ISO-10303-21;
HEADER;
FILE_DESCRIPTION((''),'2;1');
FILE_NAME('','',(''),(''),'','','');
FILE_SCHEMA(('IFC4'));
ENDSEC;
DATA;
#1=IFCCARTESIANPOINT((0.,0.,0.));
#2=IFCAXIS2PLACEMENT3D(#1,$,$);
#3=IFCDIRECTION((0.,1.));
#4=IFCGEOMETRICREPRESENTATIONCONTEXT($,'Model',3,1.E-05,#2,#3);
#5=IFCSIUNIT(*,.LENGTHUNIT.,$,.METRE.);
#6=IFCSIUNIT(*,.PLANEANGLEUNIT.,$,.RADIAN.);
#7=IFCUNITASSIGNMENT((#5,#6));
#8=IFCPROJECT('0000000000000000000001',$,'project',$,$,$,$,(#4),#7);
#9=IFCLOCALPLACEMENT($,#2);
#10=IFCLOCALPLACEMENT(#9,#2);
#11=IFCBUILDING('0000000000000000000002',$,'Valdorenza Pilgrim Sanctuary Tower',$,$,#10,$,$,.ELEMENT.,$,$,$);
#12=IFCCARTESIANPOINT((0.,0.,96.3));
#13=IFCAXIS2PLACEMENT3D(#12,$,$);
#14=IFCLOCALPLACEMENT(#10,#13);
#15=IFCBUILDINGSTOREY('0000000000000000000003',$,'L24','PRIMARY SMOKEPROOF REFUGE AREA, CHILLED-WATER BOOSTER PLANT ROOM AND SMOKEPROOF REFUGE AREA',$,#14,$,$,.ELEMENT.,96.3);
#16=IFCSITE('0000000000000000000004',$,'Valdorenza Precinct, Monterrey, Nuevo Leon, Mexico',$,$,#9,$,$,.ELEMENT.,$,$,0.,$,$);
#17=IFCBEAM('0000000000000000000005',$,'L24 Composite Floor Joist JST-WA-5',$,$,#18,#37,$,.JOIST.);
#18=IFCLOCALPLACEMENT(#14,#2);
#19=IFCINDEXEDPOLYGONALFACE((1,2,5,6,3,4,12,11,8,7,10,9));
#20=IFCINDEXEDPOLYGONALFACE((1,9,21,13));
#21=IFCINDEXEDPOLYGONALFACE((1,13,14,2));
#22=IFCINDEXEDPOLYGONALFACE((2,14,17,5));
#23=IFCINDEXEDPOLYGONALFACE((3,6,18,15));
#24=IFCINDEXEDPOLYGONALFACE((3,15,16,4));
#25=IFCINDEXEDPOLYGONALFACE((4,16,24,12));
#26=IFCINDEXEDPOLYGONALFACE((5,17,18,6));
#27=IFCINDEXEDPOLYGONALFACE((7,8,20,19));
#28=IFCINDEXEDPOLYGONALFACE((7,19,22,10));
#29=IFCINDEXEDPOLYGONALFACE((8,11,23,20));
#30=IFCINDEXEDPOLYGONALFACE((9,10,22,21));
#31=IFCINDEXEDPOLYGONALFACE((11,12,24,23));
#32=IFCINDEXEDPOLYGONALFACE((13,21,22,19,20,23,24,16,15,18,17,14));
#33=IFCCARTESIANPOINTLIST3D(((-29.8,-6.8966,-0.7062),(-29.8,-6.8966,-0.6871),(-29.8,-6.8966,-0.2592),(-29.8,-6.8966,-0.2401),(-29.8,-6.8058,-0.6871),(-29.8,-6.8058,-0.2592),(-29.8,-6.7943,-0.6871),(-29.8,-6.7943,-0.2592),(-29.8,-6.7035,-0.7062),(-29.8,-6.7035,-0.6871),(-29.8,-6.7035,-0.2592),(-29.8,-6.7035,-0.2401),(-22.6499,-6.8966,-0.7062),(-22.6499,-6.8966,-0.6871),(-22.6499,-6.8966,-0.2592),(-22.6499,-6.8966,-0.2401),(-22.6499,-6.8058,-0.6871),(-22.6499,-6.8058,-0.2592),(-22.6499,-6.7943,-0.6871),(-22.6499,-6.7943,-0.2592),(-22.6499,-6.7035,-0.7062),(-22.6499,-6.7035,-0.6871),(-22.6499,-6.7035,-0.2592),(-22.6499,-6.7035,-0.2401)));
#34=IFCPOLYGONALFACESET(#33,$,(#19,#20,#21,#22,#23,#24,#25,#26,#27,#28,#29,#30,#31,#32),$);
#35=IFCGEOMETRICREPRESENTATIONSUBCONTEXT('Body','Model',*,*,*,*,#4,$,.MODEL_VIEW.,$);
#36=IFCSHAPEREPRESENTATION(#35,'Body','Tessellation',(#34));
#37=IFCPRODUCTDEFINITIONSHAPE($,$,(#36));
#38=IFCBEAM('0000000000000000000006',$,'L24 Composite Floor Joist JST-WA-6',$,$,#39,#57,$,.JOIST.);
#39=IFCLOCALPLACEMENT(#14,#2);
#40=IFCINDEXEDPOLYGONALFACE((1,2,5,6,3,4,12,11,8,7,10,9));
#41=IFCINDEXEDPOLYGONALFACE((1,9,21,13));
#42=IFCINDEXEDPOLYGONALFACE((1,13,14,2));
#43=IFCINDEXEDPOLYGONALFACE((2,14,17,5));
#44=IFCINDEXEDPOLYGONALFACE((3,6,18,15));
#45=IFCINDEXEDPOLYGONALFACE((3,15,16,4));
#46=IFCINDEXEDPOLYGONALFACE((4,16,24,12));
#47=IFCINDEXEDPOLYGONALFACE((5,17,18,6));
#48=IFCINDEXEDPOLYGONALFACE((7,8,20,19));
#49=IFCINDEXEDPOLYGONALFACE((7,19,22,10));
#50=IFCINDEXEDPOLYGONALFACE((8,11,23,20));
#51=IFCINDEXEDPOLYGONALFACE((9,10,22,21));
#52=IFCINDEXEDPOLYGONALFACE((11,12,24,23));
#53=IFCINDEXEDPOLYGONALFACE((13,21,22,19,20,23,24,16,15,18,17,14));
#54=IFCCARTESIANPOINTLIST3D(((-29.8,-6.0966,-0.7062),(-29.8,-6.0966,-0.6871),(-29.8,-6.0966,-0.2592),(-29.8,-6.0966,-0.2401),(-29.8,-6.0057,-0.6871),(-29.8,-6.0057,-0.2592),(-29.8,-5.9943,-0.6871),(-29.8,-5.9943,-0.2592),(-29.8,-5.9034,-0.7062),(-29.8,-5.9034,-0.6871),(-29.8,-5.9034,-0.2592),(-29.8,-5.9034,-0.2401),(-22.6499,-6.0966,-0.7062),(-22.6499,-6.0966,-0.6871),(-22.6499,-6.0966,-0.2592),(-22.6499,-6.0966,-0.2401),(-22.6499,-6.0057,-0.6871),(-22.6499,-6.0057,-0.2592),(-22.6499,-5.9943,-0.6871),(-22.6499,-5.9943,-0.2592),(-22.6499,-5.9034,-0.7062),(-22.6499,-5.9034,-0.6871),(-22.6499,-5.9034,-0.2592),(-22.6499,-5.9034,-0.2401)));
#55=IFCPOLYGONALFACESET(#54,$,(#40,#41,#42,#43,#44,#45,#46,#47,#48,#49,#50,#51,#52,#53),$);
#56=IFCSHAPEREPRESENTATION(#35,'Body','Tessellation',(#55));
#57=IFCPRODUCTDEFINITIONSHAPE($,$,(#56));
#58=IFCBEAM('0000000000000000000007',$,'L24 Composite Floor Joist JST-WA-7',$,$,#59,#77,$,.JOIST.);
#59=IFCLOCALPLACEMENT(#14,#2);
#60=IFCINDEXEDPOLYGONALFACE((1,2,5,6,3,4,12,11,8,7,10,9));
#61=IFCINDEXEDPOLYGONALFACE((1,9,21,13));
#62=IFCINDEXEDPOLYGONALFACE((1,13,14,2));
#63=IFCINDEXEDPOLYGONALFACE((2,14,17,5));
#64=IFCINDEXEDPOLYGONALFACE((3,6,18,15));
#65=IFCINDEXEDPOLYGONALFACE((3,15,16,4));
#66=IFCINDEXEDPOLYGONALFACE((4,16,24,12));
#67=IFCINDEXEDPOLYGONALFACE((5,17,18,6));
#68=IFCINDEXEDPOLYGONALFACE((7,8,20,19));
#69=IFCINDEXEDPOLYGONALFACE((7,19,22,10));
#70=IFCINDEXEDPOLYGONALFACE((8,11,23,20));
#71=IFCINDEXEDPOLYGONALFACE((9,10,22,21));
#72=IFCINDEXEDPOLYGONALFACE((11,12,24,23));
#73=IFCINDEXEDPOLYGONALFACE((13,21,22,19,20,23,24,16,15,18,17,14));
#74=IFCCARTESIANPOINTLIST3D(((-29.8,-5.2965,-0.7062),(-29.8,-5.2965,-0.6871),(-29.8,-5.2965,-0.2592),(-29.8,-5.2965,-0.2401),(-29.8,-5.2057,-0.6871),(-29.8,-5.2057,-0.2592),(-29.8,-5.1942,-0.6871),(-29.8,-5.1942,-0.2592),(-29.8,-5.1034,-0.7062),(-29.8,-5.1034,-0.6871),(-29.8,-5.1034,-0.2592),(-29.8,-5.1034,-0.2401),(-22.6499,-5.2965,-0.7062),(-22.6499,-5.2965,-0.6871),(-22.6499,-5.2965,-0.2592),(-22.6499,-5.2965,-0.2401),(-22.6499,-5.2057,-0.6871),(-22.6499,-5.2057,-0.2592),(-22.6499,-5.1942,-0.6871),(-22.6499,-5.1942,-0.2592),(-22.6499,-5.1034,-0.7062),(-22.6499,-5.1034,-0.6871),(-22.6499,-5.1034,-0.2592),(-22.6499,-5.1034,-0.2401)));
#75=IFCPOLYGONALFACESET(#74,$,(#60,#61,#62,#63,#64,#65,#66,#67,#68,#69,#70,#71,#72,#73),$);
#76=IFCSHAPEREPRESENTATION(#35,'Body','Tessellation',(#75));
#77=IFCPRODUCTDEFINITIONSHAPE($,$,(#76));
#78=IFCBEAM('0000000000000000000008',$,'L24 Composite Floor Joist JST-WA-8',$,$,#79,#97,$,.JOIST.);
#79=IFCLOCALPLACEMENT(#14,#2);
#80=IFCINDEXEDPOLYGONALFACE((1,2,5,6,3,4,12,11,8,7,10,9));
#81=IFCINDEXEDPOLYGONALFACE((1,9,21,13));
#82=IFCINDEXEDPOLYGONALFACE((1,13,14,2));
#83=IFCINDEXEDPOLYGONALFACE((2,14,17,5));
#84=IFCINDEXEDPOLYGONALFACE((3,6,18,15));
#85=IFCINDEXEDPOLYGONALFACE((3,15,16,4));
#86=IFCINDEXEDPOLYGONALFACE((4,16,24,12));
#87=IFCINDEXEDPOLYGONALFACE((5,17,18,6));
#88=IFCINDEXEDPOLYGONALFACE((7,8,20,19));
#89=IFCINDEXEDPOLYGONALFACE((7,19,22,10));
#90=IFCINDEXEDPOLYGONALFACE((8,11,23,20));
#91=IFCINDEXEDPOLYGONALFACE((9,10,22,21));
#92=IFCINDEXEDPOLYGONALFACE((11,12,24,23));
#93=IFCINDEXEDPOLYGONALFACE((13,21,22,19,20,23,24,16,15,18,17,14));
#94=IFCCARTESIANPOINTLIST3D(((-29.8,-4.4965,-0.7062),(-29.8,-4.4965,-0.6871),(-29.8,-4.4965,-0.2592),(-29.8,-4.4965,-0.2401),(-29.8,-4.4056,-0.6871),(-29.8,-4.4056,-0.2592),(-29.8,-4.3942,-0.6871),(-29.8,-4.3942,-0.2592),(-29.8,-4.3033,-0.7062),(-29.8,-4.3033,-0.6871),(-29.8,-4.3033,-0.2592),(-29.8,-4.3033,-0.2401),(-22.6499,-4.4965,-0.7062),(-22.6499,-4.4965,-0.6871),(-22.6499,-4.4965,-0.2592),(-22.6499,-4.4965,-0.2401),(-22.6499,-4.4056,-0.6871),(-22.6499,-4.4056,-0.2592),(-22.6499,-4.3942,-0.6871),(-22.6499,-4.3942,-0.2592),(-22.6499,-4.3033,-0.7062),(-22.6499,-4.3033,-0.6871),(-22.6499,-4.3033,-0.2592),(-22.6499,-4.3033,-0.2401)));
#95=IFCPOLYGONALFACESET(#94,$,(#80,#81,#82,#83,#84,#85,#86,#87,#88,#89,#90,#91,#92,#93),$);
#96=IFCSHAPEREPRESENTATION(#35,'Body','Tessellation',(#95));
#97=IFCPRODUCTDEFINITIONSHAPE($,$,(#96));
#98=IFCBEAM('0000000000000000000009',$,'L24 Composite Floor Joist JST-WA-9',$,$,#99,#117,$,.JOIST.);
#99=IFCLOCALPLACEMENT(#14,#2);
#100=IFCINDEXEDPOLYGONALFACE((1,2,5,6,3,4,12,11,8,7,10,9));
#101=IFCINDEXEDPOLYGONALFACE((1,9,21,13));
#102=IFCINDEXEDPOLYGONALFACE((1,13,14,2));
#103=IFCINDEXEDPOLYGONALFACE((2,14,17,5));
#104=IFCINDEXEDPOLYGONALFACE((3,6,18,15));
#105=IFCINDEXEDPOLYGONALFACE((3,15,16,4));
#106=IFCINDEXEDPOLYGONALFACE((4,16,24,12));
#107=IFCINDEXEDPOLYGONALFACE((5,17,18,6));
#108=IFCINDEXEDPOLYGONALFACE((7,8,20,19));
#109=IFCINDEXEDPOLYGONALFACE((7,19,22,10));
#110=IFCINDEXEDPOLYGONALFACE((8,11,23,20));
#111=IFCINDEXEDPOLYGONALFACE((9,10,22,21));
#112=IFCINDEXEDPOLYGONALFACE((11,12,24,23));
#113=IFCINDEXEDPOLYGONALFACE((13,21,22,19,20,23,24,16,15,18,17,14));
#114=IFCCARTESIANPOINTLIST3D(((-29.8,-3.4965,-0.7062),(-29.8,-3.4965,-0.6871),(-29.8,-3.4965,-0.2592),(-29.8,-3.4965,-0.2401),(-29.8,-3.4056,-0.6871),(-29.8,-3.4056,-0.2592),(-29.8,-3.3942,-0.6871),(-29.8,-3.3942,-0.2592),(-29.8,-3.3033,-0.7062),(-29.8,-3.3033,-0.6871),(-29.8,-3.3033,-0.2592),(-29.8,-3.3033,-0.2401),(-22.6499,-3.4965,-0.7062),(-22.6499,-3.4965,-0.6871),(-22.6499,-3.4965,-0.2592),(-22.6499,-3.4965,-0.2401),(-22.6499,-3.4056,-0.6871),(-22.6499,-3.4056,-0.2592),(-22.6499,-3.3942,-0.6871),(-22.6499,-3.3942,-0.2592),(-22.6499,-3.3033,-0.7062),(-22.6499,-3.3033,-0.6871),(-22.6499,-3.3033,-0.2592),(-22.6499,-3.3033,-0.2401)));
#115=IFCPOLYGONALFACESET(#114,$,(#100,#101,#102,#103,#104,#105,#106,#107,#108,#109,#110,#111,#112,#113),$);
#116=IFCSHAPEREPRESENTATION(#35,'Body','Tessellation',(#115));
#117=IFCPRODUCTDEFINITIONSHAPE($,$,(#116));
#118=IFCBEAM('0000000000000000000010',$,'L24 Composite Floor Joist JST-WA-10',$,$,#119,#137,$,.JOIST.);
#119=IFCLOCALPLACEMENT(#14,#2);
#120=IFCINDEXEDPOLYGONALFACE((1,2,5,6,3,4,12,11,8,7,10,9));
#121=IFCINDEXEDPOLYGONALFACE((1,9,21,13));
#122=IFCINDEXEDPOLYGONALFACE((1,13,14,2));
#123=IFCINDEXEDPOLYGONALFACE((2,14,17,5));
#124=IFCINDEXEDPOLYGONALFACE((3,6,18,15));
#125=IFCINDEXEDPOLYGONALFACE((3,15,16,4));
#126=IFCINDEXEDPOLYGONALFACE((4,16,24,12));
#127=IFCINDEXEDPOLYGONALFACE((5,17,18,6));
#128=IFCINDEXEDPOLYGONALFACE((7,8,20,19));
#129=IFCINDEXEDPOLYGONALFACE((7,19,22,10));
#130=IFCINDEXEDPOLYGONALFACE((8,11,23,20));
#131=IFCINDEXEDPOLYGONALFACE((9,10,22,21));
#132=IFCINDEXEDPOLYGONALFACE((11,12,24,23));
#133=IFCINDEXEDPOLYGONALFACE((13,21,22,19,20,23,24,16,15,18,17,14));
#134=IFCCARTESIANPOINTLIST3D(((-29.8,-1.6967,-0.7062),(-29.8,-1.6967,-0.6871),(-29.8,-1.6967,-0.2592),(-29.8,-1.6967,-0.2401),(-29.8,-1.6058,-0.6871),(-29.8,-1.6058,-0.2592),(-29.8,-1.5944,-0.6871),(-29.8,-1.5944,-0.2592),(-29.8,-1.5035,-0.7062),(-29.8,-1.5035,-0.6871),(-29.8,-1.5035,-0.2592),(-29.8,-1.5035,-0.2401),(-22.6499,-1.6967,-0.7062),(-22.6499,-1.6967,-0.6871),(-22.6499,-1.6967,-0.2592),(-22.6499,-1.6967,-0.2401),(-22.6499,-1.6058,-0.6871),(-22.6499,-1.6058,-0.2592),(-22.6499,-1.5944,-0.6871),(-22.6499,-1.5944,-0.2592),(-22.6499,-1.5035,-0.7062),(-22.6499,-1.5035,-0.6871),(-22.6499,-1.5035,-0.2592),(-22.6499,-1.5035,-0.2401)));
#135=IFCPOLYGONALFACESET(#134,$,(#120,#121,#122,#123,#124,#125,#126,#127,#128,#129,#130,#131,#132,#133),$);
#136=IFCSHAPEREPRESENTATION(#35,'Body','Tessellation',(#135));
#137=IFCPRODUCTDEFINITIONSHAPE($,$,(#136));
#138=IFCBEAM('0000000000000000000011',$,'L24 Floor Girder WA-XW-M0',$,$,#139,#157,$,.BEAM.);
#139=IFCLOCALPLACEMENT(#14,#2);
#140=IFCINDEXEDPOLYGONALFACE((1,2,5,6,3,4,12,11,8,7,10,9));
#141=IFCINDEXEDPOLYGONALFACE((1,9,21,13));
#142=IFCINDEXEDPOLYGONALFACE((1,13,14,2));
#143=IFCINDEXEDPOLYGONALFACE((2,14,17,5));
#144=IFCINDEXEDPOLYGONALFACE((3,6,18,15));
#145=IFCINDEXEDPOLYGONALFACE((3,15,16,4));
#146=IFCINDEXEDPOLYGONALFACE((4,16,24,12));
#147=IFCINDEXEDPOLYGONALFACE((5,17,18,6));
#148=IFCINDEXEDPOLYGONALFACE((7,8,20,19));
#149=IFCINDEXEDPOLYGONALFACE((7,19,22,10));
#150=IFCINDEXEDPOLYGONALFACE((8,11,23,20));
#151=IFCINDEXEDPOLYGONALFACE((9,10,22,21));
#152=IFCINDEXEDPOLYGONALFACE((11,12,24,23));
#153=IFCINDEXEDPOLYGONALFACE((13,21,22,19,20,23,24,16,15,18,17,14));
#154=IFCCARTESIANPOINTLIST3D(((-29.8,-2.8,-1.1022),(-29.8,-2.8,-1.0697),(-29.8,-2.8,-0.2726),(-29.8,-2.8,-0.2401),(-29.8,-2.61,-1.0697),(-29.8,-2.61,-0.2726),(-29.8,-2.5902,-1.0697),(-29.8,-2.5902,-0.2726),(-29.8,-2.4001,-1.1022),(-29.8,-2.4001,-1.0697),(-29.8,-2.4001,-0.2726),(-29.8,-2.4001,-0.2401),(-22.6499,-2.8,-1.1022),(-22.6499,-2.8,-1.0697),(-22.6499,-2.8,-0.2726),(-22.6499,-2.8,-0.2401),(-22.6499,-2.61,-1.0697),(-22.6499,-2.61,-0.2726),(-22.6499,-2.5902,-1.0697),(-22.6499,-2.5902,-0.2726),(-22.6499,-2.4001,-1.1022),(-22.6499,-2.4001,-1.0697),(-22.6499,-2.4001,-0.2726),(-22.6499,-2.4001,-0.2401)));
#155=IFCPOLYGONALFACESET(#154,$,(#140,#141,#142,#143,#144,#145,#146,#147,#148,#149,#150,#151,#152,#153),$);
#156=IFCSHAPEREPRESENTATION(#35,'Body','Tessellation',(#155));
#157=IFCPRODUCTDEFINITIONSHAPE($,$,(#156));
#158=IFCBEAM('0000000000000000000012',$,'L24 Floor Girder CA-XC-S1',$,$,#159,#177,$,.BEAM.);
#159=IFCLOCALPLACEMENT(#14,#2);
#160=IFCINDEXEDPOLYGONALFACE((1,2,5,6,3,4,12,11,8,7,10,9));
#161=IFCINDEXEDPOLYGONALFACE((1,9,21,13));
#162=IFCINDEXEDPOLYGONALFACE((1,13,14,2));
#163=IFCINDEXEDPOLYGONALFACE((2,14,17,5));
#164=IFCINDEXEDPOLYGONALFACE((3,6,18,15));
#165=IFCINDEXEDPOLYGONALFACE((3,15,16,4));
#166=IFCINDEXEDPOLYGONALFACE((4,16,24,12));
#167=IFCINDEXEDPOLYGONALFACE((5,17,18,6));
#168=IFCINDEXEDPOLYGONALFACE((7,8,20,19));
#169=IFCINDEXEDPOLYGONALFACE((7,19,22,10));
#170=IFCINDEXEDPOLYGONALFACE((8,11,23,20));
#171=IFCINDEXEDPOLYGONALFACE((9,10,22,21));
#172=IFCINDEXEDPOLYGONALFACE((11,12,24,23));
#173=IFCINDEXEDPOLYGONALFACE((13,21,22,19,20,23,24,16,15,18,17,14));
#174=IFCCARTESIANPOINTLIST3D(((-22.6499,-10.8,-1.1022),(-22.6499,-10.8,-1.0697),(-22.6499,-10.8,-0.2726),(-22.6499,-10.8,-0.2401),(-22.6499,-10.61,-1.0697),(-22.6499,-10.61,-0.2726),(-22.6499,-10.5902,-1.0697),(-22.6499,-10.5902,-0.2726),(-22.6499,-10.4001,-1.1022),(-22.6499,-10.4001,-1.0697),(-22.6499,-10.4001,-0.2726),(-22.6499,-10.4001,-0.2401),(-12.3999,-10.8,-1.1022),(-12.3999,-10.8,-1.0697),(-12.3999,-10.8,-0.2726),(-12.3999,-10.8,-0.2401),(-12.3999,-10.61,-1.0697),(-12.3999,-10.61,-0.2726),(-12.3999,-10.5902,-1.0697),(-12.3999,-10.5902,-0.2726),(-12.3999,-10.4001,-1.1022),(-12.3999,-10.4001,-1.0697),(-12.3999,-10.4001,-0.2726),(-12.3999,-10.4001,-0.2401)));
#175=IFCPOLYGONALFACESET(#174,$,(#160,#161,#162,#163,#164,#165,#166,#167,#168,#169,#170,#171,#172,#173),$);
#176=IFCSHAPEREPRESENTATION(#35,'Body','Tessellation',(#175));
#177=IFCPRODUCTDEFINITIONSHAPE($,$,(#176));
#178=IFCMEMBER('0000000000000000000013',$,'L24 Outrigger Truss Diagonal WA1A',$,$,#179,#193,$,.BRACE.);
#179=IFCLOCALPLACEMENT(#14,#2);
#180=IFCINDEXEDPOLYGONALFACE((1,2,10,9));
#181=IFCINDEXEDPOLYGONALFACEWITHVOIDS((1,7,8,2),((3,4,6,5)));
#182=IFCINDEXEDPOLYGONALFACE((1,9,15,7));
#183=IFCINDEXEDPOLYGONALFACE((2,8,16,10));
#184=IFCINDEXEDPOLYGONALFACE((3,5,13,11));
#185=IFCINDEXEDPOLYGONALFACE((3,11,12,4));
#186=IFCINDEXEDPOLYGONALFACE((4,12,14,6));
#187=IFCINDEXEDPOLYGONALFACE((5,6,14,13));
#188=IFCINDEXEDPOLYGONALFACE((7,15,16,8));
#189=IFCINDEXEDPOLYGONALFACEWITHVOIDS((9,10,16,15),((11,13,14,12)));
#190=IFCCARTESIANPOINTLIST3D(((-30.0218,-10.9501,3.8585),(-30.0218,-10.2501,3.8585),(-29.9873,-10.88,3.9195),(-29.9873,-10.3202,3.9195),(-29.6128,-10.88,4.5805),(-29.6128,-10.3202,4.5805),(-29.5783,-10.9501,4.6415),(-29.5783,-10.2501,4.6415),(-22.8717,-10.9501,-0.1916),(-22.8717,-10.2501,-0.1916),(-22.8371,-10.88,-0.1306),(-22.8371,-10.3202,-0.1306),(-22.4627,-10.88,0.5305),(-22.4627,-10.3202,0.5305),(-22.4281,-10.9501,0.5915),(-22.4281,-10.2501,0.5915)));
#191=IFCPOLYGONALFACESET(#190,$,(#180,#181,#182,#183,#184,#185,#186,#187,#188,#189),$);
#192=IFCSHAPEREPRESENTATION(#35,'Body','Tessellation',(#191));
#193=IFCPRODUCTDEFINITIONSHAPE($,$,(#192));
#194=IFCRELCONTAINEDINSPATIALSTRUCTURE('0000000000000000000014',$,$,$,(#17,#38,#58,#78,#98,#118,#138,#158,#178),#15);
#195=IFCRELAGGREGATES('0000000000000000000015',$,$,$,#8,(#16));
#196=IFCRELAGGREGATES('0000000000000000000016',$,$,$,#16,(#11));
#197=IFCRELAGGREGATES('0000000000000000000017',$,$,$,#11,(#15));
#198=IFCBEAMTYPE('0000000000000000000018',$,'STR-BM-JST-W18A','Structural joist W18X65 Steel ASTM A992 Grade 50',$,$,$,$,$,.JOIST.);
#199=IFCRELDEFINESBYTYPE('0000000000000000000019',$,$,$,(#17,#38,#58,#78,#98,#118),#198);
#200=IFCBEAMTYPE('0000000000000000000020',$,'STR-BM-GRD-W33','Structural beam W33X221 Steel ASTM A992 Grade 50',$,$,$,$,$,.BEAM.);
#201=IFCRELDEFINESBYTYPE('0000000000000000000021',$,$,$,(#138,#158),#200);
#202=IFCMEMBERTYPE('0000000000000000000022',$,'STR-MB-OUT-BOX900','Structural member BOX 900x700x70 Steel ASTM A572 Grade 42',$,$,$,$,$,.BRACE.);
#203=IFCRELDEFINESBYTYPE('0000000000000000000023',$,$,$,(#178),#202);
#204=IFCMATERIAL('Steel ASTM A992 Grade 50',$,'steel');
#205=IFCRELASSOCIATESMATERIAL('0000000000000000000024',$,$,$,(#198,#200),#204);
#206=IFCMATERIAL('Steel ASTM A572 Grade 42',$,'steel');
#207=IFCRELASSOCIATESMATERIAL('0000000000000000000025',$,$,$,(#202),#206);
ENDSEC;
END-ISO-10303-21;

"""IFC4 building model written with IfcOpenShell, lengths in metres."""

from ifc_helpers import new_model, si_unit, direction, frame, origin, origin_2d, place, context, subcontext, project, spatial, hollow_rectangle, i_section, extrude, source, transform, mapped, material, material_profile, profile_set, type_object, element, save


model = new_model("IFC4")

# Units and contexts
model_context = context("Model", 3, precision=1e-05, world=origin(), true_north=direction((0.0, 1.0)))
body_context = subcontext(model_context, "Body", "Model", "MODEL_VIEW")
ifc_project = project(units=[si_unit("LENGTHUNIT", "METRE"), si_unit("PLANEANGLEUNIT", "RADIAN")], contexts=[model_context])

# Site, building, storey
site_placement = place(None, origin())
site = spatial("IfcSite", under=ifc_project, at=site_placement, Name="Valdorenza Precinct, Monterrey, Nuevo Leon, Mexico", CompositionType="ELEMENT", RefElevation=0.0)
building_placement = place(site_placement, origin())
building = spatial("IfcBuilding", under=site, at=building_placement, Name="Valdorenza Pilgrim Sanctuary Tower", CompositionType="ELEMENT")
storey_placement = place(building_placement, frame((0.0, 0.0, 96.3)))
storey = spatial("IfcBuildingStorey", under=building, at=storey_placement, Name="L24", Description="PRIMARY SMOKEPROOF REFUGE AREA, CHILLED-WATER BOOSTER PLANT ROOM AND SMOKEPROOF REFUGE AREA", CompositionType="ELEMENT", Elevation=96.3)

# Beams
ifc_material_1 = material(Name="Steel ASTM A992 Grade 50", Category="steel")
ifc_material_profile_1 = material_profile(ifc_material_1, i_section(OverallWidth=0.1931, OverallDepth=0.4661, WebThickness=0.0115, FlangeThickness=0.019, at=origin_2d()), Name="W18X65")
ifc_profile_set_1 = profile_set([ifc_material_profile_1], Name="Steel ASTM A992 Grade 50")
beam_type_1 = type_object("IfcBeamType", Name="STR-BM-JST-W18A", Description="Structural joist W18X65 Steel ASTM A992 Grade 50", PredefinedType="JOIST", material=ifc_profile_set_1)
shared_shape_1 = source(origin(), body_context, "Body", "SweptSolid", [
    extrude(i_section(OverallWidth=0.1931, OverallDepth=0.4661, WebThickness=0.0115, FlangeThickness=0.019, at=origin_2d()), origin(), (0.0, 0.0, 1.0), 7.1501),
])
for number, where, z_axis, x_axis, name in (
    (1, (-29.8, -6.8, -0.4731), (1.0, 0.0, 0.0), (0.0, 1.0, 0.0), "L24 Composite Floor Joist JST-WA-5"),
    (2, (-29.8, -6.0, -0.4731), (1.0, 0.0, 0.0), (0.0, 1.0, 0.0), "L24 Composite Floor Joist JST-WA-6"),
    (3, (-29.8, -5.2, -0.4731), (1.0, 0.0, 0.0), (0.0, 1.0, 0.0), "L24 Composite Floor Joist JST-WA-7"),
    (4, (-29.8, -4.3999, -0.4731), (1.0, 0.0, 0.0), (0.0, 1.0, 0.0), "L24 Composite Floor Joist JST-WA-8"),
    (5, (-29.8, -3.3999, -0.4731), (1.0, 0.0, 0.0), (0.0, 1.0, 0.0), "L24 Composite Floor Joist JST-WA-9"),
    (6, (-29.8, -1.6001, -0.4731), (1.0, 0.0, 0.0), (0.0, 1.0, 0.0), "L24 Composite Floor Joist JST-WA-10"),
):
    element("IfcBeam", number, at=place(storey_placement, frame(where, z_axis=z_axis, x_axis=x_axis)), inside=storey, type_object=beam_type_1, Name=name, PredefinedType="JOIST", context=body_context, shape_type="MappedRepresentation", body=[
        mapped(shared_shape_1, transform((0.0, 0.0, 0.0), x_axis=(1.0, 0.0, 0.0), y_axis=(0.0, 1.0, 0.0), z_axis=(0.0, 0.0, 1.0), scale=1.0)),
    ])
ifc_material_profile_2 = material_profile(ifc_material_1, i_section(OverallWidth=0.3999, OverallDepth=0.8621, WebThickness=0.0198, FlangeThickness=0.0325, at=origin_2d()), Name="W33X221")
ifc_profile_set_2 = profile_set([ifc_material_profile_2], Name="Steel ASTM A992 Grade 50")
beam_type_2 = type_object("IfcBeamType", Name="STR-BM-GRD-W33", Description="Structural beam W33X221 Steel ASTM A992 Grade 50", PredefinedType="BEAM", material=ifc_profile_set_2)
shared_shape_2 = source(origin(), body_context, "Body", "SweptSolid", [
    extrude(i_section(OverallWidth=0.3999, OverallDepth=0.8621, WebThickness=0.0198, FlangeThickness=0.0325, at=origin_2d()), origin(), (0.0, 0.0, 1.0), 7.1501),
])
beam_1_placement = place(storey_placement, frame((-29.8, -2.6001, -0.6711), z_axis=(1.0, 0.0, 0.0), x_axis=(0.0, 1.0, 0.0)))
element("IfcBeam", 7, at=beam_1_placement, inside=storey, type_object=beam_type_2, Name="L24 Floor Girder WA-XW-M0", PredefinedType="BEAM", context=body_context, shape_type="MappedRepresentation", body=[
    mapped(shared_shape_2, transform((0.0, 0.0, 0.0), x_axis=(1.0, 0.0, 0.0), y_axis=(0.0, 1.0, 0.0), z_axis=(0.0, 0.0, 1.0), scale=1.0)),
])
shared_shape_3 = source(origin(), body_context, "Body", "SweptSolid", [
    extrude(i_section(OverallWidth=0.3999, OverallDepth=0.8621, WebThickness=0.0198, FlangeThickness=0.0325, at=origin_2d()), origin(), (0.0, 0.0, 1.0), 10.25),
])
beam_2_placement = place(storey_placement, frame((-22.6499, -10.6001, -0.6711), z_axis=(1.0, 0.0, 0.0), x_axis=(0.0, 1.0, 0.0)))
element("IfcBeam", 8, at=beam_2_placement, inside=storey, type_object=beam_type_2, Name="L24 Floor Girder CA-XC-S1", PredefinedType="BEAM", context=body_context, shape_type="MappedRepresentation", body=[
    mapped(shared_shape_3, transform((0.0, 0.0, 0.0), x_axis=(1.0, 0.0, 0.0), y_axis=(0.0, 1.0, 0.0), z_axis=(0.0, 0.0, 1.0), scale=1.0)),
])

# Member
ifc_material_2 = material(Name="Steel ASTM A572 Grade 42", Category="steel")
ifc_material_profile_3 = material_profile(ifc_material_2, hollow_rectangle(XDim=0.7, YDim=0.8999, WallThickness=0.0701, at=origin_2d()), Name="BOX 900x700x70")
ifc_profile_set_3 = profile_set([ifc_material_profile_3], Name="Steel ASTM A572 Grade 42")
member_type_1 = type_object("IfcMemberType", Name="STR-MB-OUT-BOX900", Description="Structural member BOX 900x700x70 Steel ASTM A572 Grade 42", PredefinedType="BRACE", material=ifc_profile_set_3)
shared_shape_4 = source(origin(), body_context, "Body", "SweptSolid", [
    extrude(hollow_rectangle(XDim=0.7, YDim=0.8999, WallThickness=0.0701, at=origin_2d()), origin(), (0.0, 0.0, 1.0), 8.2175),
])
member_1_placement = place(storey_placement, frame((-22.6499, -10.6001, 0.2), z_axis=(-0.870111, 0.0, 0.492856), x_axis=(0.0, -1.0, 0.0)))
element("IfcMember", 9, at=member_1_placement, inside=storey, type_object=member_type_1, Name="L24 Outrigger Truss Diagonal WA1A", PredefinedType="BRACE", context=body_context, shape_type="MappedRepresentation", body=[
    mapped(shared_shape_4, transform((0.0, 0.0, 0.0), x_axis=(1.0, 0.0, 0.0), y_axis=(0.0, 1.0, 0.0), z_axis=(0.0, 0.0, 1.0), scale=1.0)),
])

save(model, "model.ifc")
